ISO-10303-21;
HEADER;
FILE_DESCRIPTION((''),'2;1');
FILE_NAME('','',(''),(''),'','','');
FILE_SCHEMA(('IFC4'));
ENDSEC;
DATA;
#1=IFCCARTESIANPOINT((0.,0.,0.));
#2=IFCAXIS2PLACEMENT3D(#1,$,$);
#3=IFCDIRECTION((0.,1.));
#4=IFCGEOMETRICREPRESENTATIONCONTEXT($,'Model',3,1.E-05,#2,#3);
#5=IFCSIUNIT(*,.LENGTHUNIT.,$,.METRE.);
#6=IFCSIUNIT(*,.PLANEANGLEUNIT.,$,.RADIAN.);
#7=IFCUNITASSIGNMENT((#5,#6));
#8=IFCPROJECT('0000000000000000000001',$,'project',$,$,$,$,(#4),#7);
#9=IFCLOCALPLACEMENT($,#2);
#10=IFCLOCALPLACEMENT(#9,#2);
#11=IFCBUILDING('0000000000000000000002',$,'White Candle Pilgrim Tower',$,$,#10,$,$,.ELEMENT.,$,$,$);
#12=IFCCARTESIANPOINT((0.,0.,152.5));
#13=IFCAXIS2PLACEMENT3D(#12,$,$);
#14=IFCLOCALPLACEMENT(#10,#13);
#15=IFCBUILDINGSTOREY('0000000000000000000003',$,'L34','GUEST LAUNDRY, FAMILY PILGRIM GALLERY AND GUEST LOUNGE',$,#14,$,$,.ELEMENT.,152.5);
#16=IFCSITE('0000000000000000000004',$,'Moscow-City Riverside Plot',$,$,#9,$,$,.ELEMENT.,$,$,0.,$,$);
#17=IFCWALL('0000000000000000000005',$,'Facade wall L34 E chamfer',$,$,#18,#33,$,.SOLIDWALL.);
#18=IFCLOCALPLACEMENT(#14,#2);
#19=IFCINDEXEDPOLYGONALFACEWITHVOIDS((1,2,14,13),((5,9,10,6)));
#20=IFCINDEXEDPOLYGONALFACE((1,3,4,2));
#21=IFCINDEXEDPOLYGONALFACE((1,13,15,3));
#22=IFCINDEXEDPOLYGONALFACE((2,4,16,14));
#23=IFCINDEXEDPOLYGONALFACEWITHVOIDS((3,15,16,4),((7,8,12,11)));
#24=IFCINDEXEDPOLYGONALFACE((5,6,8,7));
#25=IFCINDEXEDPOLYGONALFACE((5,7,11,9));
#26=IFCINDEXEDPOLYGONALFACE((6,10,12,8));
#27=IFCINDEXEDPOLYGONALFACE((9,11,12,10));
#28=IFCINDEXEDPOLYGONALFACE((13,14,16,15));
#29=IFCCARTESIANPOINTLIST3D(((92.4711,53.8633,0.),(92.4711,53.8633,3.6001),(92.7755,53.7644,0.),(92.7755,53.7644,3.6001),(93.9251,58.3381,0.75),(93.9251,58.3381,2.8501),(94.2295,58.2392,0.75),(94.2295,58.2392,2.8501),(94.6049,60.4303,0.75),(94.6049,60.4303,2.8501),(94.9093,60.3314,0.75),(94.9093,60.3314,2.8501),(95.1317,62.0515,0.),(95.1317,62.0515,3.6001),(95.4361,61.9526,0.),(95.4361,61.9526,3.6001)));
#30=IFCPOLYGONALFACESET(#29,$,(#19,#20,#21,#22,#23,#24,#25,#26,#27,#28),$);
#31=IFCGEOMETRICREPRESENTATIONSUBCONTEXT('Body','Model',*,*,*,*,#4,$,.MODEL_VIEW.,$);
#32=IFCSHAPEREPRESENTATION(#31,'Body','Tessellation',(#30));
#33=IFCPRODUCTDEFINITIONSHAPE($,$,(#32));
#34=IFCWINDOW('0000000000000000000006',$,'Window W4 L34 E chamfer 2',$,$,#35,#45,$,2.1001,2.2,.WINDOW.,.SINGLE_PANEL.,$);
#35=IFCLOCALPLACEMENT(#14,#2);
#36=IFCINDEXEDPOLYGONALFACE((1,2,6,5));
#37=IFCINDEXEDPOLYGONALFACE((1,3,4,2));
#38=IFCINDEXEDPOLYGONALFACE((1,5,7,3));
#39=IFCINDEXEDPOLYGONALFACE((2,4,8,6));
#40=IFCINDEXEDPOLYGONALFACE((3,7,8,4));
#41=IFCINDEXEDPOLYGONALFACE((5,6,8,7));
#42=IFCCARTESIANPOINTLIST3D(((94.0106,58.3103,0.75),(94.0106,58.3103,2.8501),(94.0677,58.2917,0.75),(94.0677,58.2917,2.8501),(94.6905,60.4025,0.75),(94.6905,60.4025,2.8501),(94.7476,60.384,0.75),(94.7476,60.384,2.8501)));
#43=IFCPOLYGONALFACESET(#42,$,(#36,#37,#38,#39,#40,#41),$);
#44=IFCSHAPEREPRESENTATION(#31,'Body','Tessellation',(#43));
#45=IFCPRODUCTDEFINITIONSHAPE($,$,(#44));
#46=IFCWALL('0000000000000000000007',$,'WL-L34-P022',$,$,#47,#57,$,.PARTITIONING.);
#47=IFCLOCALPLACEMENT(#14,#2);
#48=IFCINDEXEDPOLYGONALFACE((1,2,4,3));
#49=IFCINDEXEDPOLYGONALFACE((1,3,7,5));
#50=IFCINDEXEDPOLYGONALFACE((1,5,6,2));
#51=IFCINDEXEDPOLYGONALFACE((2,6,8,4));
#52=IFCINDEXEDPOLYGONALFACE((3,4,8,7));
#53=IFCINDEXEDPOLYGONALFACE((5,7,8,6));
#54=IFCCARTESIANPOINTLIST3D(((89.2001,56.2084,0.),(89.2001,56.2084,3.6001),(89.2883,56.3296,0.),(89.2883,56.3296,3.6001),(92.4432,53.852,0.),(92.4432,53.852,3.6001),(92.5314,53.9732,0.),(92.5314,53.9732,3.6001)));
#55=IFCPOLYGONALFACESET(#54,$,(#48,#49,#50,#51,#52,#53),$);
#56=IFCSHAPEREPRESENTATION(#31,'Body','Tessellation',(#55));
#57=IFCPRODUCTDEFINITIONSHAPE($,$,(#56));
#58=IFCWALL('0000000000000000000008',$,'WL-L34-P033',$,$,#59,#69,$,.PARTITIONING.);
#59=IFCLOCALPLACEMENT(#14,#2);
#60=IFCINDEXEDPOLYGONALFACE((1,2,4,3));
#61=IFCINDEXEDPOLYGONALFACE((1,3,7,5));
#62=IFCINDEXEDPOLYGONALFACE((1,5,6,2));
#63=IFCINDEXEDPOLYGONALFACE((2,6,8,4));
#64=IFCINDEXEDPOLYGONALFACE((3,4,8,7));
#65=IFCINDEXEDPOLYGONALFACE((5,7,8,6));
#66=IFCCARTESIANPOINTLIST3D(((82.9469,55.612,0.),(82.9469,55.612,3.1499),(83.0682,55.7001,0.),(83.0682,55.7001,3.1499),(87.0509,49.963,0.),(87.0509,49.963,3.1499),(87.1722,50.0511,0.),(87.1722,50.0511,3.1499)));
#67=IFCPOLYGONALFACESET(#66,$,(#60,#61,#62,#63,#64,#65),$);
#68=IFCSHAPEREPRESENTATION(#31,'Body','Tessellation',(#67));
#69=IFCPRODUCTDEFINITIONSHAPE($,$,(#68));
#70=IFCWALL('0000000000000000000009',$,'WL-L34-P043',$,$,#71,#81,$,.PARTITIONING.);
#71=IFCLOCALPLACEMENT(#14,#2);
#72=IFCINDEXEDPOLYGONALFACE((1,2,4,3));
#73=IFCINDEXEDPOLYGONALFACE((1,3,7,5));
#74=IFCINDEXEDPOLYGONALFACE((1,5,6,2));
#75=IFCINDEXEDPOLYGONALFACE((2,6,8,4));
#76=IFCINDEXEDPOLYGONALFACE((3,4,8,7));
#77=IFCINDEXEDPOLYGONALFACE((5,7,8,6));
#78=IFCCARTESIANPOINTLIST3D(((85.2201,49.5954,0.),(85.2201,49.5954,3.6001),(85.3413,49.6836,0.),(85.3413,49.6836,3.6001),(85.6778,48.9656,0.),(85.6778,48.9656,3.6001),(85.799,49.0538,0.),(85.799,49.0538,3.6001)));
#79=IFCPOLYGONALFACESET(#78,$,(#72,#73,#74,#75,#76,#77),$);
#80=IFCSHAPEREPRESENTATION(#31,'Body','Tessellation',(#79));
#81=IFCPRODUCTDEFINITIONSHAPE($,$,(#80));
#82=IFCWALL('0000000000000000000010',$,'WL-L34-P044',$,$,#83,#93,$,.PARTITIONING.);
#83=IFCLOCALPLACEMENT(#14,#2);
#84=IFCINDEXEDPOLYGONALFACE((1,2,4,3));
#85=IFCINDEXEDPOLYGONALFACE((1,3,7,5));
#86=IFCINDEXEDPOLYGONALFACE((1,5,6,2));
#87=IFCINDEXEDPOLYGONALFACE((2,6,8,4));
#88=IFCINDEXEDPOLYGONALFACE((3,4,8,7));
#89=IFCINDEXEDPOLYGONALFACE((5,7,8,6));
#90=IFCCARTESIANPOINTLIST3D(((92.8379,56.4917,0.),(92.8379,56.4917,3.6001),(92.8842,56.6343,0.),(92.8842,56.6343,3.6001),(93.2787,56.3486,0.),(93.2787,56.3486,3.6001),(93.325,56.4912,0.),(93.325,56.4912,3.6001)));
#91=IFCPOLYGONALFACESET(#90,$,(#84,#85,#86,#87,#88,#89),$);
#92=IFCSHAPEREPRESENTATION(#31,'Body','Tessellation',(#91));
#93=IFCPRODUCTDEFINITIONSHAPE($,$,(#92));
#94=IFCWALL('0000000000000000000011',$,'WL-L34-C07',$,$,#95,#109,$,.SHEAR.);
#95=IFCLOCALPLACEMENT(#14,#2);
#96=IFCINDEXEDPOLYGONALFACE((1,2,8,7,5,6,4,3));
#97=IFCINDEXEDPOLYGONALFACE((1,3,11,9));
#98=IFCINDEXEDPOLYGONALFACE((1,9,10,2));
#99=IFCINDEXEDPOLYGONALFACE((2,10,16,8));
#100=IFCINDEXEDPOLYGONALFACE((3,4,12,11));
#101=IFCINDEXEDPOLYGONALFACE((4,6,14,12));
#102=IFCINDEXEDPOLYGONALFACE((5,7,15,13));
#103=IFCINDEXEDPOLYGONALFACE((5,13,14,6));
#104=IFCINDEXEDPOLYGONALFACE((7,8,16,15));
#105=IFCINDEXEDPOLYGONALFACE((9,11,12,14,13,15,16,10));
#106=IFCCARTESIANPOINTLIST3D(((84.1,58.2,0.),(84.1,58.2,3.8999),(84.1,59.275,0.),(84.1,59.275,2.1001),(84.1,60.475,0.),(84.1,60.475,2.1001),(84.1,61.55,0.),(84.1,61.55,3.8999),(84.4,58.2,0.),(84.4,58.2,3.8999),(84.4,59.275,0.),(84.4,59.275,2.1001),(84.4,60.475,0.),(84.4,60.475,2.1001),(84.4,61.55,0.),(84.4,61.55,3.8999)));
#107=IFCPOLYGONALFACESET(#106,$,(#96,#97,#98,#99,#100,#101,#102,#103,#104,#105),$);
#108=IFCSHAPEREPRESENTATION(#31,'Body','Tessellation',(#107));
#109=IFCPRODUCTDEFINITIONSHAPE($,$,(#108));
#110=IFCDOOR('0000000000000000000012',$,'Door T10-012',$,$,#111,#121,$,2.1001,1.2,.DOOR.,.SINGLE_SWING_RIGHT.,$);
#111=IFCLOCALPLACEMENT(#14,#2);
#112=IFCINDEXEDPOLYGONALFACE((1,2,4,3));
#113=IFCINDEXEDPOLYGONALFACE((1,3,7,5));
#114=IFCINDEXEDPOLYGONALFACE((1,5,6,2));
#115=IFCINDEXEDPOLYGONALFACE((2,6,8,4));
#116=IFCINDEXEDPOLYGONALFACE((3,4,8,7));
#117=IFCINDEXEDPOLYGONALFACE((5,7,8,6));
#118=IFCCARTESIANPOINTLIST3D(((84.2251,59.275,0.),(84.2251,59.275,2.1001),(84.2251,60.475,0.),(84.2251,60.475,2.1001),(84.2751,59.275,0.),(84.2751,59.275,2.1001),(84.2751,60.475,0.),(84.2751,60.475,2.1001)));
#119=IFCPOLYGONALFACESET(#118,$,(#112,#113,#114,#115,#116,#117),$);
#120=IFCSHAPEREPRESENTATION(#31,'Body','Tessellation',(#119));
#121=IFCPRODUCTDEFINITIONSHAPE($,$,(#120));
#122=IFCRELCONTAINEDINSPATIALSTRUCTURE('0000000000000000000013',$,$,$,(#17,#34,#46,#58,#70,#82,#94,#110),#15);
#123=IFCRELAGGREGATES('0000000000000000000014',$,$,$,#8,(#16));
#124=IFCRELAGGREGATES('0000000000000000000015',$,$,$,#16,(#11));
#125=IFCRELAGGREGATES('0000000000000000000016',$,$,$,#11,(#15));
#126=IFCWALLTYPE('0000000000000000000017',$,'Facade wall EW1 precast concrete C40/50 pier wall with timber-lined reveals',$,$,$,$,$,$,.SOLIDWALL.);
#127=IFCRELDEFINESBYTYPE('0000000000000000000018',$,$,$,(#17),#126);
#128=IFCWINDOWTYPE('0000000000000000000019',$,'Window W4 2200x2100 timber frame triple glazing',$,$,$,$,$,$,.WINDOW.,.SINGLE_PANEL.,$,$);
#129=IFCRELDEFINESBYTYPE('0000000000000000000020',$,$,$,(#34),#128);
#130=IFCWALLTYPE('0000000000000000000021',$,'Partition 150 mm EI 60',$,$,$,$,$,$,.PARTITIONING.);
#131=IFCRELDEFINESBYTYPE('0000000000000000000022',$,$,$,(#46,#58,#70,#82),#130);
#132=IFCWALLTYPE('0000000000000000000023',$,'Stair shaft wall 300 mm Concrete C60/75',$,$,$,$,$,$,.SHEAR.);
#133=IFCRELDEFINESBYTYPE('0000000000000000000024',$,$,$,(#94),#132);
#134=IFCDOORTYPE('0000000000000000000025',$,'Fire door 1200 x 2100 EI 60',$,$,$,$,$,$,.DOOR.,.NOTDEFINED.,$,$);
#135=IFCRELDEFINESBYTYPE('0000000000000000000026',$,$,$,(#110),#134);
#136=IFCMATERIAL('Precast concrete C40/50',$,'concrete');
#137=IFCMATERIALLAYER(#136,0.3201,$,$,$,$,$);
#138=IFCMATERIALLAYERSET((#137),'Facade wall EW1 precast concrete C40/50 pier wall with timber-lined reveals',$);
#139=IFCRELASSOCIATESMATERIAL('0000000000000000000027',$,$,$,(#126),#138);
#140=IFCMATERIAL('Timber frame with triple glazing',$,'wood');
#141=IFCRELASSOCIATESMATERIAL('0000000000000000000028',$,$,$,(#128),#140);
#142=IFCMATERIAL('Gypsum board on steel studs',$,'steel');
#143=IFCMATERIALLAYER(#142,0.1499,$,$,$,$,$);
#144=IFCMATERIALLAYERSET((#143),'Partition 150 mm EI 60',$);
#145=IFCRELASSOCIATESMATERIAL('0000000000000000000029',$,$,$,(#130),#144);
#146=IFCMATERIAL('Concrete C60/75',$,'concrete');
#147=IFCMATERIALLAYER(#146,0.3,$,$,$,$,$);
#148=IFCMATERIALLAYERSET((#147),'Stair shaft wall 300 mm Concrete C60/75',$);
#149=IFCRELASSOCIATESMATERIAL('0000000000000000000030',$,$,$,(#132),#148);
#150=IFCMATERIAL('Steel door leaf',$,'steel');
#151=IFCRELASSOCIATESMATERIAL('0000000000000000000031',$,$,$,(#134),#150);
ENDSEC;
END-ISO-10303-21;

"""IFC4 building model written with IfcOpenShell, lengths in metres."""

from ifc_helpers import new_model, si_unit, direction, frame, frame_2d, origin, place, context, subcontext, project, spatial, rectangle, extrude, material, layer, layer_set, type_object, element, fill, save


model = new_model("IFC4")

# Units and contexts
model_context = context("Model", 3, precision=1e-05, world=origin(), true_north=direction((0.0, 1.0)))
body_context = subcontext(model_context, "Body", "Model", "MODEL_VIEW")
ifc_project = project(units=[si_unit("LENGTHUNIT", "METRE"), si_unit("PLANEANGLEUNIT", "RADIAN")], contexts=[model_context])

# Site, building, storey
site_placement = place(None, origin())
site = spatial("IfcSite", under=ifc_project, at=site_placement, Name="Moscow-City Riverside Plot", CompositionType="ELEMENT", RefElevation=0.0)
building_placement = place(site_placement, origin())
building = spatial("IfcBuilding", under=site, at=building_placement, Name="White Candle Pilgrim Tower", CompositionType="ELEMENT")
storey_placement = place(building_placement, frame((0.0, 0.0, 152.5)))
storey = spatial("IfcBuildingStorey", under=building, at=storey_placement, Name="L34", Description="GUEST LAUNDRY, FAMILY PILGRIM GALLERY AND GUEST LOUNGE", CompositionType="ELEMENT", Elevation=152.5)

# Shared definitions
ifc_material_1 = material(Name="Concrete C60/75", Category="concrete")

# Shared definitions
ifc_material_2 = material(Name="Gypsum board on steel studs", Category="steel")
ifc_material_3 = material(Name="Steel door leaf", Category="steel")

# Wall, opening, window
ifc_material_4 = material(Name="Precast concrete C40/50", Category="concrete")
ifc_layer_1 = layer(ifc_material_4, 0.3201)
ifc_layer_set_1 = layer_set([ifc_layer_1], Name="Facade wall EW1 precast concrete C40/50 pier wall with timber-lined reveals")
wall_type_1 = type_object("IfcWallType", Name="Facade wall EW1 precast concrete C40/50 pier wall with timber-lined reveals", PredefinedType="SOLIDWALL", material=ifc_layer_set_1)
wall_1_placement = place(storey_placement, frame((92.6233, 53.814, 0.0), z_axis=(0.0, 0.0, 1.0), x_axis=(0.30903, 0.951052, 0.0)))
wall_1 = element("IfcWall", 1, at=wall_1_placement, inside=storey, type_object=wall_type_1, Name="Facade wall L34 E chamfer", PredefinedType="SOLIDWALL", context=body_context, shape_type="SweptSolid", body=[
    extrude(rectangle(XDim=8.6096, YDim=0.3201, at=frame_2d((4.3047, 0.0))), origin(), (0.0, 0.0, 1.0), 3.6001),
])
opening_1_placement = place(wall_1_placement, frame((4.7048, 0.0, 0.75)))
opening_1 = element("IfcOpeningElement", 2, at=opening_1_placement, cuts=wall_1, PredefinedType="OPENING", context=body_context, shape_type="SweptSolid", body=[
    extrude(rectangle(XDim=2.2, YDim=2.1001, at=frame_2d((1.1001, 1.05))), frame((0.0, 0.1699, 0.0), z_axis=(0.0, -1.0, 0.0), x_axis=(1.0, 0.0, 0.0)), (0.0, 0.0, 1.0), 0.3401),
])
ifc_material_5 = material(Name="Timber frame with triple glazing", Category="wood")
window_type = type_object("IfcWindowType", Name="Window W4 2200x2100 timber frame triple glazing", PartitioningType="SINGLE_PANEL", PredefinedType="WINDOW", material=ifc_material_5)
window_placement = place(opening_1_placement, origin())
window = element("IfcWindow", 3, at=window_placement, inside=storey, type_object=window_type, Name="Window W4 L34 E chamfer 2", OverallHeight=2.1001, OverallWidth=2.2, PartitioningType="SINGLE_PANEL", PredefinedType="WINDOW", context=body_context, shape_type="SweptSolid", body=[
    extrude(rectangle(XDim=2.2, YDim=2.1001, at=frame_2d((1.1001, 1.05))), frame((0.0, 0.0701, 0.0), z_axis=(0.0, -1.0, 0.0), x_axis=(1.0, 0.0, 0.0)), (0.0, 0.0, 1.0), 0.0601),
])
fill(opening_1, window)

# Walls
ifc_layer_2 = layer(ifc_material_2, 0.1499)
ifc_layer_set_2 = layer_set([ifc_layer_2], Name="Partition 150 mm EI 60")
wall_type_2 = type_object("IfcWallType", Name="Partition 150 mm EI 60", PredefinedType="PARTITIONING", material=ifc_layer_set_2)
wall_2_placement = place(storey_placement, frame((92.4873, 53.9126, 0.0), z_axis=(0.0, 0.0, 1.0), x_axis=(-0.808999, 0.58781, 0.0)))
element("IfcWall", 4, at=wall_2_placement, inside=storey, type_object=wall_type_2, Name="WL-L34-P022", PredefinedType="PARTITIONING", context=body_context, shape_type="SweptSolid", body=[
    extrude(rectangle(XDim=4.0088, YDim=0.1499, at=frame_2d((2.0044, 0.0))), origin(), (0.0, 0.0, 1.0), 3.6001),
])
wall_3_placement = place(storey_placement, frame((87.1116, 50.0071, 0.0), z_axis=(0.0, 0.0, 1.0), x_axis=(-0.587768, 0.809029, 0.0)))
element("IfcWall", 5, at=wall_3_placement, inside=storey, type_object=wall_type_2, Name="WL-L34-P033", PredefinedType="PARTITIONING", context=body_context, shape_type="SweptSolid", body=[
    extrude(rectangle(XDim=6.9824, YDim=0.1499, at=frame_2d((3.4912, 0.0))), origin(), (0.0, 0.0, 1.0), 3.1499),
])
wall_4_placement = place(storey_placement, frame((85.2808, 49.6394, 0.0), z_axis=(0.0, 0.0, 1.0), x_axis=(0.587892, -0.808939, 0.0)))
element("IfcWall", 6, at=wall_4_placement, inside=storey, type_object=wall_type_2, Name="WL-L34-P043", PredefinedType="PARTITIONING", context=body_context, shape_type="SweptSolid", body=[
    extrude(rectangle(XDim=0.7786, YDim=0.1499, at=frame_2d((0.3892, 0.0))), origin(), (0.0, 0.0, 1.0), 3.6001),
])
wall_5_placement = place(storey_placement, frame((92.8611, 56.563, 0.0), z_axis=(0.0, 0.0, 1.0), x_axis=(0.951131, -0.308788, 0.0)))
element("IfcWall", 7, at=wall_5_placement, inside=storey, type_object=wall_type_2, Name="WL-L34-P044", PredefinedType="PARTITIONING", context=body_context, shape_type="SweptSolid", body=[
    extrude(rectangle(XDim=0.4634, YDim=0.1499, at=frame_2d((0.2317, 0.0))), origin(), (0.0, 0.0, 1.0), 3.6001),
])

# Wall, opening, door
ifc_layer_3 = layer(ifc_material_1, 0.3)
ifc_layer_set_3 = layer_set([ifc_layer_3], Name="Stair shaft wall 300 mm Concrete C60/75")
wall_type_3 = type_object("IfcWallType", Name="Stair shaft wall 300 mm Concrete C60/75", PredefinedType="SHEAR", material=ifc_layer_set_3)
wall_6_placement = place(storey_placement, frame((84.25, 58.2, 0.0), z_axis=(0.0, 0.0, 1.0), x_axis=(0.0, 1.0, 0.0)))
wall_6 = element("IfcWall", 8, at=wall_6_placement, inside=storey, type_object=wall_type_3, Name="WL-L34-C07", PredefinedType="SHEAR", context=body_context, shape_type="SweptSolid", body=[
    extrude(rectangle(XDim=3.3501, YDim=0.3, at=frame_2d((1.675, 0.0))), origin(), (0.0, 0.0, 1.0), 3.8999),
])
opening_2_placement = place(wall_6_placement, frame((1.075, 0.0, 0.0)))
opening_2 = element("IfcOpeningElement", 9, at=opening_2_placement, cuts=wall_6, PredefinedType="OPENING", context=body_context, shape_type="SweptSolid", body=[
    extrude(rectangle(XDim=1.2, YDim=2.1001, at=frame_2d((0.6001, 1.05))), frame((0.0, 0.1599, 0.0), z_axis=(0.0, -1.0, 0.0), x_axis=(1.0, 0.0, 0.0)), (0.0, 0.0, 1.0), 0.3201),
])
door_type_1 = type_object("IfcDoorType", Name="Fire door 1200 x 2100 EI 60", OperationType="NOTDEFINED", PredefinedType="DOOR", material=ifc_material_3)
door_1_placement = place(opening_2_placement, origin())
door_1 = element("IfcDoor", 10, at=door_1_placement, inside=storey, type_object=door_type_1, Name="Door T10-012", OperationType="SINGLE_SWING_RIGHT", OverallHeight=2.1001, OverallWidth=1.2, PredefinedType="DOOR", context=body_context, shape_type="SweptSolid", body=[
    extrude(rectangle(XDim=1.2, YDim=2.1001, at=frame_2d((0.6001, 1.05))), frame((0.0, 0.0249, 0.0), z_axis=(0.0, -1.0, 0.0), x_axis=(1.0, 0.0, 0.0)), (0.0, 0.0, 1.0), 0.05),
])
fill(opening_2, door_1)

save(model, "model.ifc")
